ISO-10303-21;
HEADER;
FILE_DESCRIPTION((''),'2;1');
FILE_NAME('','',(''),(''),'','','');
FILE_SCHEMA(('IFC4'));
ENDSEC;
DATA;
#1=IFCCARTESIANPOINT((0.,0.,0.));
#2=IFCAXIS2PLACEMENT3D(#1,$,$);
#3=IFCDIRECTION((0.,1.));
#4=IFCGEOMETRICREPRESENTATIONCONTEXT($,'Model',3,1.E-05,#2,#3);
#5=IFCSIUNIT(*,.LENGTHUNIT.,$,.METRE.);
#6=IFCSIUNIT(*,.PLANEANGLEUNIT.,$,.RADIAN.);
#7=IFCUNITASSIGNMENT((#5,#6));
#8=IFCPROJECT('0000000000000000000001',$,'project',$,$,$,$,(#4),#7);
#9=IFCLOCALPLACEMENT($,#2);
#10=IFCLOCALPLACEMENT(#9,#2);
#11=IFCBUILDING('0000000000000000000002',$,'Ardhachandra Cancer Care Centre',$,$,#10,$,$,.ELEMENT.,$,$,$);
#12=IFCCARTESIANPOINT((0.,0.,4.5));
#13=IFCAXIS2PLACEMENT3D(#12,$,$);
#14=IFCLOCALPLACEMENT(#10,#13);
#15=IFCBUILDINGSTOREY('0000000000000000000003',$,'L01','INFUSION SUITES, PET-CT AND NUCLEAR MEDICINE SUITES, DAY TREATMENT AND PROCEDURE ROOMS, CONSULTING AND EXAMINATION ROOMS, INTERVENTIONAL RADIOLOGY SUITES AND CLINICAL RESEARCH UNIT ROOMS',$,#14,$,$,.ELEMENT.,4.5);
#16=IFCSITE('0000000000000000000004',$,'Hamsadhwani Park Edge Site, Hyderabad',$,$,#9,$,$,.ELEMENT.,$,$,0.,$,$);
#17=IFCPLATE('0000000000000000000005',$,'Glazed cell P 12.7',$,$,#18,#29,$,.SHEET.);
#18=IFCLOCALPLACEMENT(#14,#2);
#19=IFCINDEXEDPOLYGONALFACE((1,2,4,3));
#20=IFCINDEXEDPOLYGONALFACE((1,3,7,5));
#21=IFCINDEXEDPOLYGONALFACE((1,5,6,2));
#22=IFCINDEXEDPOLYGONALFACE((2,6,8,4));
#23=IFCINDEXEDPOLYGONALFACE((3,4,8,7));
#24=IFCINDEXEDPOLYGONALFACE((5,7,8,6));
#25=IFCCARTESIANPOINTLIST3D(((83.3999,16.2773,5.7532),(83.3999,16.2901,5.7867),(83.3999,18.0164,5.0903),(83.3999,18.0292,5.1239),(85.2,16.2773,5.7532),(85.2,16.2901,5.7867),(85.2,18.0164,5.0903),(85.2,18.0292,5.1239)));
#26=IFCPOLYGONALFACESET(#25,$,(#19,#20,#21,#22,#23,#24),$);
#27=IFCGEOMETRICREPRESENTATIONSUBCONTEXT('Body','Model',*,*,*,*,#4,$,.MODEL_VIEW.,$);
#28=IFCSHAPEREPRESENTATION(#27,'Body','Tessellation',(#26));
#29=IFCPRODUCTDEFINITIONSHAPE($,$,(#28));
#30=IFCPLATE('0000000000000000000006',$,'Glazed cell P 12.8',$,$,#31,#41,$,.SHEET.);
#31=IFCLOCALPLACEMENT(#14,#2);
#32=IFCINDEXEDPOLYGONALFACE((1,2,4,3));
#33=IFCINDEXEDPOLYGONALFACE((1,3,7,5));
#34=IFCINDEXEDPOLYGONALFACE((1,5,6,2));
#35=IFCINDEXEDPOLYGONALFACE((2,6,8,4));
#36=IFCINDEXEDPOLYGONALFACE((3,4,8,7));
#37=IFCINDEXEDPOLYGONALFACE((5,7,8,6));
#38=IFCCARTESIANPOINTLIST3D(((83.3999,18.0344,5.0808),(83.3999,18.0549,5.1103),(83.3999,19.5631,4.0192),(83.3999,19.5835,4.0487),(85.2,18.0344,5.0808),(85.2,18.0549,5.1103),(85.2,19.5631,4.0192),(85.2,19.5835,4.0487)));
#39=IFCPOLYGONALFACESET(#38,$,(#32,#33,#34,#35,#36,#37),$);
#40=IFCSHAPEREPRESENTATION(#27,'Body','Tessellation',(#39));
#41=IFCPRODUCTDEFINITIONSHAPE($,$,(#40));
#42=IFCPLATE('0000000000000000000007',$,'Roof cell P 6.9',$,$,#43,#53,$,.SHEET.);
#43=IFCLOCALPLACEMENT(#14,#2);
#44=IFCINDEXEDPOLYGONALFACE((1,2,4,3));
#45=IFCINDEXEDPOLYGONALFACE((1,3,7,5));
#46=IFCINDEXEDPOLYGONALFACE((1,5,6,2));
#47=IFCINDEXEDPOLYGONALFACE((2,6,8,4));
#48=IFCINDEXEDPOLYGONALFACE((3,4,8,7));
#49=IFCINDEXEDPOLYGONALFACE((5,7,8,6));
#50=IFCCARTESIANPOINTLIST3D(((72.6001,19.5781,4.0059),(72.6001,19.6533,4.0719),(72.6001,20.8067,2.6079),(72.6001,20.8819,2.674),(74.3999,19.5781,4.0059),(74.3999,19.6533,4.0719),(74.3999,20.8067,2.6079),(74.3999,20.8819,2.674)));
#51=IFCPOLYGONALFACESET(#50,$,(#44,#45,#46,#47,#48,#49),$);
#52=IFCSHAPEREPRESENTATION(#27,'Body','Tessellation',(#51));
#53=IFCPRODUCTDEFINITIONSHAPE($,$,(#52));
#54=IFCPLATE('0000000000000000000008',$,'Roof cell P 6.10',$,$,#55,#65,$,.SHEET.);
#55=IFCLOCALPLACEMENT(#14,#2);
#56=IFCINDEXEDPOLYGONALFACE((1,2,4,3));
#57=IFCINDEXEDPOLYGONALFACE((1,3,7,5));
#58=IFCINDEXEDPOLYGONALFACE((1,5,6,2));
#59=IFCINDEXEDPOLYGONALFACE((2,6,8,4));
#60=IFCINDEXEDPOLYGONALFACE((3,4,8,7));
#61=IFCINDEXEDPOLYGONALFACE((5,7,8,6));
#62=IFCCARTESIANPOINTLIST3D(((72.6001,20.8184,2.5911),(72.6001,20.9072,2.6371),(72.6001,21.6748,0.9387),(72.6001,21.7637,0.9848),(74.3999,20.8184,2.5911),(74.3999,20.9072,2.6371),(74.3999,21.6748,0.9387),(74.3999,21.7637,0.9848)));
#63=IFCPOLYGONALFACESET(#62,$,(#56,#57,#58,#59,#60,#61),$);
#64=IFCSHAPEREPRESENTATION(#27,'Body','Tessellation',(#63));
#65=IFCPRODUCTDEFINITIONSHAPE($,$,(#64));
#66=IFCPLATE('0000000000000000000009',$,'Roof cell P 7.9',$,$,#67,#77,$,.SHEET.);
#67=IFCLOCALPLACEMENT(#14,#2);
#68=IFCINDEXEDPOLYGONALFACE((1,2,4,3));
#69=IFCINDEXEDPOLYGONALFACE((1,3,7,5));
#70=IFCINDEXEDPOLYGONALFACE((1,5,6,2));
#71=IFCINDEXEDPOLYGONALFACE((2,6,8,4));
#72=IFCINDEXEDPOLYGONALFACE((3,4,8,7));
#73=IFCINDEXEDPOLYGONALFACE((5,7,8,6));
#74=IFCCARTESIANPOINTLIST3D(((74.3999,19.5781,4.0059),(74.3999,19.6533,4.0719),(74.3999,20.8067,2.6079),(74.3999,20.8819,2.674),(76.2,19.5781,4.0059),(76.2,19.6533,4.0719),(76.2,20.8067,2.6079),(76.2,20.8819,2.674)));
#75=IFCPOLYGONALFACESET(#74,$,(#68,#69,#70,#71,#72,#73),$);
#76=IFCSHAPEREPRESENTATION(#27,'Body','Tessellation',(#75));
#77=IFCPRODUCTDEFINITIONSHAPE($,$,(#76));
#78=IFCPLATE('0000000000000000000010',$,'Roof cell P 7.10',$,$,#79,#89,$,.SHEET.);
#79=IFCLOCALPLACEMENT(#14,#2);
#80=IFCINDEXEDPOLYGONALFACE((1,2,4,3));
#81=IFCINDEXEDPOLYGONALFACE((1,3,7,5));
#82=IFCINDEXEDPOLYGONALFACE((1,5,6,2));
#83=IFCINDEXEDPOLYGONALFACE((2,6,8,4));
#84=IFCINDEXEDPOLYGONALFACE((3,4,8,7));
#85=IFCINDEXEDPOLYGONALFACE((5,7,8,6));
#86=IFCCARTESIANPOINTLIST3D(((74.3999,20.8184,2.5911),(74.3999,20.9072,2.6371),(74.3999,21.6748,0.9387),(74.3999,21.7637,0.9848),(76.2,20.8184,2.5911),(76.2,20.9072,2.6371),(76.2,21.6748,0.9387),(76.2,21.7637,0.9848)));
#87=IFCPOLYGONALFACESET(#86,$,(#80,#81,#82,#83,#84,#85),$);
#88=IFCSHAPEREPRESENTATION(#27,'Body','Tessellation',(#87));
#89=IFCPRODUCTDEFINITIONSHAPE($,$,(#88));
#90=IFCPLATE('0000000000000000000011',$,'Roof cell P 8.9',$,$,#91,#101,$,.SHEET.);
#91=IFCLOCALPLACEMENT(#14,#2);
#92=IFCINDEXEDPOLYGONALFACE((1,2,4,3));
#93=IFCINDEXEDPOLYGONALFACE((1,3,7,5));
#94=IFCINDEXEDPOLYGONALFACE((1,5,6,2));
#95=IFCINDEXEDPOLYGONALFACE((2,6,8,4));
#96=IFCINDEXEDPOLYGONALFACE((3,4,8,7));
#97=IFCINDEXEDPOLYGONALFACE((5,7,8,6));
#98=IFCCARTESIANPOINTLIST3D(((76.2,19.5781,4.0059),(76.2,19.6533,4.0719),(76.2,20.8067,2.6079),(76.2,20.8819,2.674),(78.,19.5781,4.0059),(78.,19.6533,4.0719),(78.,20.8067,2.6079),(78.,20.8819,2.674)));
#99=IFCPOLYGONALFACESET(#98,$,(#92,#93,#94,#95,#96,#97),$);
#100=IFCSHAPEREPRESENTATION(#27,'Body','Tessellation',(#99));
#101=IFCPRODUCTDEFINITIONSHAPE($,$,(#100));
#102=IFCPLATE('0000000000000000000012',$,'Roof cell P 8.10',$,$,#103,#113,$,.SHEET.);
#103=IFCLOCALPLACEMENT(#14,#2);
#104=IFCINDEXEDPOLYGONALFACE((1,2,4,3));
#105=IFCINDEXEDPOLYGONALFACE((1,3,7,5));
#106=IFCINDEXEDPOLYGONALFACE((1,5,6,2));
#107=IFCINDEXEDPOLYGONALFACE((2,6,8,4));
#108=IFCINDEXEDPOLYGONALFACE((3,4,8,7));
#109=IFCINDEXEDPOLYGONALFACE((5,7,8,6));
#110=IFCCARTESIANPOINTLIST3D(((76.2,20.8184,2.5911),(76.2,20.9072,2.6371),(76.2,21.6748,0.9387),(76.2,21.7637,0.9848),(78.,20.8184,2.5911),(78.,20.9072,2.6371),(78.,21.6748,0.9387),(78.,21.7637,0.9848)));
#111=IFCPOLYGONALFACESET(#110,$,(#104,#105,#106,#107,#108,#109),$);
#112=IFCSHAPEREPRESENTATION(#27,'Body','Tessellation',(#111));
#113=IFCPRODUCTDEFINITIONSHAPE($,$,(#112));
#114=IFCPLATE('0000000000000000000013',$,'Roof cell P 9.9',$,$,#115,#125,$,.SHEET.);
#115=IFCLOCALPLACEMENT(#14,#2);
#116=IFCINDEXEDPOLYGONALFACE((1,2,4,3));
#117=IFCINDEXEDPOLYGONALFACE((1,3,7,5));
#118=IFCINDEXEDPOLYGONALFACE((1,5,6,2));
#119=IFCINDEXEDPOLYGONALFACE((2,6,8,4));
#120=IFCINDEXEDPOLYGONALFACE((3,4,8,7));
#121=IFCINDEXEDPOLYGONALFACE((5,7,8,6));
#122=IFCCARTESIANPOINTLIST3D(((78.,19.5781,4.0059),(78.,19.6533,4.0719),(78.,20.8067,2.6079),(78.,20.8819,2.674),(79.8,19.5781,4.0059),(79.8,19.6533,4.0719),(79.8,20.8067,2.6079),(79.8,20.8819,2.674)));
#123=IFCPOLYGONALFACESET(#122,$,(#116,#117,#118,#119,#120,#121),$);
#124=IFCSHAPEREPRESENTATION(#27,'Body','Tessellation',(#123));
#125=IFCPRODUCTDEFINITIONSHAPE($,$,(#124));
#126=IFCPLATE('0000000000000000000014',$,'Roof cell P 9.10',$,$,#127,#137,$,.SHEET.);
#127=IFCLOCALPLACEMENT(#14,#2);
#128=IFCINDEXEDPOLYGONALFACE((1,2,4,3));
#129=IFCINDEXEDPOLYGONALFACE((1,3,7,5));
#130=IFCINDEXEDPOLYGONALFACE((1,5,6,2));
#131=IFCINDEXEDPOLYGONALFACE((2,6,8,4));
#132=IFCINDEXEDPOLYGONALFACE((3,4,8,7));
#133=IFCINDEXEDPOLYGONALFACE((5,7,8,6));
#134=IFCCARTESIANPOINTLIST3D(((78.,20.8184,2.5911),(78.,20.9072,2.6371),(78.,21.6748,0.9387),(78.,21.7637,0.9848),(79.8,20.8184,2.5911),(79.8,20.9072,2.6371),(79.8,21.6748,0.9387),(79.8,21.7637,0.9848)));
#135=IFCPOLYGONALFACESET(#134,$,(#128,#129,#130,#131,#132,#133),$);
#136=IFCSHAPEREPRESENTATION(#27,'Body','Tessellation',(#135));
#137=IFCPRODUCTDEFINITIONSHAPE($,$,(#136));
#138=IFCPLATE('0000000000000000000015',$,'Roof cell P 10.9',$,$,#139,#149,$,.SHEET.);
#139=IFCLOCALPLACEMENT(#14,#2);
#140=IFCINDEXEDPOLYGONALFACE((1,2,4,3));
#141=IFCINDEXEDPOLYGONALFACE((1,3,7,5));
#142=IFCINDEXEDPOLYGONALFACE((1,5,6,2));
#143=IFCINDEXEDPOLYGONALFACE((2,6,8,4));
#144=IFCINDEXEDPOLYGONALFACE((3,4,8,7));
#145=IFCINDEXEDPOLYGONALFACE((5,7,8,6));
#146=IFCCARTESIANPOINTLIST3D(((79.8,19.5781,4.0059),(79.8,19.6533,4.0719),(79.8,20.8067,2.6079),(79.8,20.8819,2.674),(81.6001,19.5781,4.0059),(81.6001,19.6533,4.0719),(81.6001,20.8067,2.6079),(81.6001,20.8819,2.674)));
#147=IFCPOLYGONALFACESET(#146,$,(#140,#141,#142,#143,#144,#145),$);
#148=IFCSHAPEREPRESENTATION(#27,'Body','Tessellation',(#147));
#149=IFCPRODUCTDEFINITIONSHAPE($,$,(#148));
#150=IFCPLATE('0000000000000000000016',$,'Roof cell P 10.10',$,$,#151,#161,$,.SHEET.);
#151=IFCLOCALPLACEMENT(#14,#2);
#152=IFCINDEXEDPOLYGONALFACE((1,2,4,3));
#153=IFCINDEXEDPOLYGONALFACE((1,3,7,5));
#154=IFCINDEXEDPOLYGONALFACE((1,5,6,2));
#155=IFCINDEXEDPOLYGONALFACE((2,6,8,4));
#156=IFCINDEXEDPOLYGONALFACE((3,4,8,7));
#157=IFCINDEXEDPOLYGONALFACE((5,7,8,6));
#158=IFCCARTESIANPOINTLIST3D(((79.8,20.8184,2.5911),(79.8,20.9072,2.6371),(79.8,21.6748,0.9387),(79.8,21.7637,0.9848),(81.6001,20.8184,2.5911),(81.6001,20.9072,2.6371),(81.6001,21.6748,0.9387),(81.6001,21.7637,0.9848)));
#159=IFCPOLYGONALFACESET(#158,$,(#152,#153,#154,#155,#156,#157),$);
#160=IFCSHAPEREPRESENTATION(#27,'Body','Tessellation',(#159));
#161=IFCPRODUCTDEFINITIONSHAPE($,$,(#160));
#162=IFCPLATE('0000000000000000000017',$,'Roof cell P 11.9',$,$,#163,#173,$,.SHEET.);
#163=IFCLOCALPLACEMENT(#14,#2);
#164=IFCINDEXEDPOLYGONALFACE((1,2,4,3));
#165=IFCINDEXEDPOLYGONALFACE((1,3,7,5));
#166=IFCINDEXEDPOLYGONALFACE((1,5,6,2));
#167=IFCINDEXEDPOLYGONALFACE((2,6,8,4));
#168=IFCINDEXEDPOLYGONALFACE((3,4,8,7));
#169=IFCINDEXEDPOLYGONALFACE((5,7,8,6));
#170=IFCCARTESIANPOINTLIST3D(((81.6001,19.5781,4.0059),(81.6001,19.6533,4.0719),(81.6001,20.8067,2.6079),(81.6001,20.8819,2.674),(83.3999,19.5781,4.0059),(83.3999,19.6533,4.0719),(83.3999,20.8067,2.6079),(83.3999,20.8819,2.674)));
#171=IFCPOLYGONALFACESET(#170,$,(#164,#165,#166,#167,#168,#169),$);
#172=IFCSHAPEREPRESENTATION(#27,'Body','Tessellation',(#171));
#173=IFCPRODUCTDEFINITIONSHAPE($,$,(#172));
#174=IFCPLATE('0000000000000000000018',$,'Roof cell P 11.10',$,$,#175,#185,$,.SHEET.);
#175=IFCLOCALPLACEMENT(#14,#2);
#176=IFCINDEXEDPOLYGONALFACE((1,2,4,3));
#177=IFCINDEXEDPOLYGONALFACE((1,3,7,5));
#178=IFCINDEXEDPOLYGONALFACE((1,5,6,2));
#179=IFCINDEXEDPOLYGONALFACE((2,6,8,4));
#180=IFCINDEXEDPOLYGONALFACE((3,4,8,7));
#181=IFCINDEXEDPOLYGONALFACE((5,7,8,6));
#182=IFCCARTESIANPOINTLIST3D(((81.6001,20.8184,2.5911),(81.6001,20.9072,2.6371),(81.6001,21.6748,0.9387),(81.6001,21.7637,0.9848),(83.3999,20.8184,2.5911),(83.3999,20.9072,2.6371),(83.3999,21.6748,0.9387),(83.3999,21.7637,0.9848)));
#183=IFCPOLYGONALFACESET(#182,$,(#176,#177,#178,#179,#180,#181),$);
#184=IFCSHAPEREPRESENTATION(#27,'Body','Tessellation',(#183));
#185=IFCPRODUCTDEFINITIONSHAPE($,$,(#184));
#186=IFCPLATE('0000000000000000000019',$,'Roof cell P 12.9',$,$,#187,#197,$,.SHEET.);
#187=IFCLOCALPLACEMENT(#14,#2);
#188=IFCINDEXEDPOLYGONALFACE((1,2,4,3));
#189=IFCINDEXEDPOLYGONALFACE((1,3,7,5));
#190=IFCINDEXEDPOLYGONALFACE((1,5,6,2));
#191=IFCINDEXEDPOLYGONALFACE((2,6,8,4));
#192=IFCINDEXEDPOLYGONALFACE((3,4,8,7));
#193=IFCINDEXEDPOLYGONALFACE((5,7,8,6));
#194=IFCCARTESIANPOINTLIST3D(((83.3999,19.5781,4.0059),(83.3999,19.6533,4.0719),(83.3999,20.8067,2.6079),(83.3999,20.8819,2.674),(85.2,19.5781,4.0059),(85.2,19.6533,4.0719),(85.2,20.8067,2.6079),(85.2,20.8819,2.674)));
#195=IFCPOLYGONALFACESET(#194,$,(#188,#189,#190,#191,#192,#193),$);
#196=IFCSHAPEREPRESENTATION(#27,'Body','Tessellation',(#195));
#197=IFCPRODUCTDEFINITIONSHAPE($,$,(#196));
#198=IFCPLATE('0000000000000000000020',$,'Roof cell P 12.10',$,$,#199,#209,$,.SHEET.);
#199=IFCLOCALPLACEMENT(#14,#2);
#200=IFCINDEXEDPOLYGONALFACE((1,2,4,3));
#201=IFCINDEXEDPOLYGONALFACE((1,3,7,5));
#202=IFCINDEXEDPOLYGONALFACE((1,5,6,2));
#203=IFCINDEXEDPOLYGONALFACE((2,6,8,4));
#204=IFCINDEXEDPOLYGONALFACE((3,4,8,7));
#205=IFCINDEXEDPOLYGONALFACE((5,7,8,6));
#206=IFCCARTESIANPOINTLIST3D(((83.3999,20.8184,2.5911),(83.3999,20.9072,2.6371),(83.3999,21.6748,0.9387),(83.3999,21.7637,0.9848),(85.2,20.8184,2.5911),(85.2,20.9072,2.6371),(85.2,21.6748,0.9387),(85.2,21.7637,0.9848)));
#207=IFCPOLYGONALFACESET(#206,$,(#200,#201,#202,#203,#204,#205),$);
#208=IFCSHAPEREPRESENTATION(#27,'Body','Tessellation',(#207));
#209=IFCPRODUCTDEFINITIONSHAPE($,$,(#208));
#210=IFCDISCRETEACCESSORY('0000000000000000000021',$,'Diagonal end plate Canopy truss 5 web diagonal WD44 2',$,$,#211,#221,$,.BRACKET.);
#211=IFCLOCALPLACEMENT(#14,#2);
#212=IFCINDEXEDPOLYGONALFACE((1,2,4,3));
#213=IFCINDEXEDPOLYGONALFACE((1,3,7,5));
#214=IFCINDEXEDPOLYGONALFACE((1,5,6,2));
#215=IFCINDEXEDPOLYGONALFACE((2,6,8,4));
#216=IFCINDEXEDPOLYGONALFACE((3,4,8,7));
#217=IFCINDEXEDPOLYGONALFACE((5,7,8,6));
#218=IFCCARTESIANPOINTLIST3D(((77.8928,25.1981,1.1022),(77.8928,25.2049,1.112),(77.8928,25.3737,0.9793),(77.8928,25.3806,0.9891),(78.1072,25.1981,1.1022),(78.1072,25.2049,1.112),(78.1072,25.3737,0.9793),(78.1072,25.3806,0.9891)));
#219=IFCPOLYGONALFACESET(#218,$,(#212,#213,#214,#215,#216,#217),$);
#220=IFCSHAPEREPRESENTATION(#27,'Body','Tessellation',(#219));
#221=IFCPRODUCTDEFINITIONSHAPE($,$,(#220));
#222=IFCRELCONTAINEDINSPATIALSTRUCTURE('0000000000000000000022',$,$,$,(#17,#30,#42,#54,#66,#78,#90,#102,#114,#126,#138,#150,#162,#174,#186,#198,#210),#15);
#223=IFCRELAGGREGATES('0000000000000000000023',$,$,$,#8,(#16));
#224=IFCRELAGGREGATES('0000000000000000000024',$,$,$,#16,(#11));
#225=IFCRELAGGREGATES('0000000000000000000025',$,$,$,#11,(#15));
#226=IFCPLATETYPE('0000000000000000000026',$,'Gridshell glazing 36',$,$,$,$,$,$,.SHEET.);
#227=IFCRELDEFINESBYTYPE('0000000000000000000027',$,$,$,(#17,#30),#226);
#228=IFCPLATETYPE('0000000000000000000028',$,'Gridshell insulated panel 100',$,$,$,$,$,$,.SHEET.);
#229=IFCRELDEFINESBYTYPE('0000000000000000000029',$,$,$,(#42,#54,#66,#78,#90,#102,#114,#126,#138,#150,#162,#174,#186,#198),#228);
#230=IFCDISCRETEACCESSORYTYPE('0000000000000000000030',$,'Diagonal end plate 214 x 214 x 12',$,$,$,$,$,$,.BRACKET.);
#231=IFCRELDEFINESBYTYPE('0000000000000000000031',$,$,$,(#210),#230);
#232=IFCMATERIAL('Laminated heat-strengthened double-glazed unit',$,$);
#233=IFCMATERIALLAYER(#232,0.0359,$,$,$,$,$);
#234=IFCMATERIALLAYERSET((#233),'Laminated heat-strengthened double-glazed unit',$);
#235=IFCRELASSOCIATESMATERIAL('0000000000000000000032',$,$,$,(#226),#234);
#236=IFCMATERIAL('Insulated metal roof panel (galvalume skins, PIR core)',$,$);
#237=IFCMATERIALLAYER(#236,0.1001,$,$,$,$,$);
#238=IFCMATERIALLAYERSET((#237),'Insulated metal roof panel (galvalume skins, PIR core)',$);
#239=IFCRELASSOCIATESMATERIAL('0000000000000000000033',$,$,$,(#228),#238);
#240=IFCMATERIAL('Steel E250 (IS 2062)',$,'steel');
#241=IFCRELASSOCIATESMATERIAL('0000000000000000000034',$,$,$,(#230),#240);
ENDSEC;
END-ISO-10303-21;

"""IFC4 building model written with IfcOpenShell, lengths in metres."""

from ifc_helpers import new_model, si_unit, direction, frame, origin, origin_2d, place, context, subcontext, project, spatial, polyline, rectangle, outline, extrude, material, layer, layer_set, material_profile, profile_set, type_object, element, save


model = new_model("IFC4")

# Units and contexts
model_context = context("Model", 3, precision=1e-05, world=origin(), true_north=direction((0.0, 1.0)))
body_context = subcontext(model_context, "Body", "Model", "MODEL_VIEW")
ifc_project = project(units=[si_unit("LENGTHUNIT", "METRE"), si_unit("PLANEANGLEUNIT", "RADIAN")], contexts=[model_context])

# Site, building, storey
site_placement = place(None, origin())
site = spatial("IfcSite", under=ifc_project, at=site_placement, Name="Hamsadhwani Park Edge Site, Hyderabad", CompositionType="ELEMENT", RefElevation=0.0)
building_placement = place(site_placement, origin())
building = spatial("IfcBuilding", under=site, at=building_placement, Name="Ardhachandra Cancer Care Centre", CompositionType="ELEMENT")
storey_placement = place(building_placement, frame((0.0, 0.0, 4.5)))
storey = spatial("IfcBuildingStorey", under=building, at=storey_placement, Name="L01", Description="INFUSION SUITES, PET-CT AND NUCLEAR MEDICINE SUITES, DAY TREATMENT AND PROCEDURE ROOMS, CONSULTING AND EXAMINATION ROOMS, INTERVENTIONAL RADIOLOGY SUITES AND CLINICAL RESEARCH UNIT ROOMS", CompositionType="ELEMENT", Elevation=4.5)

# Plates
ifc_material_1 = material(Name="Laminated heat-strengthened double-glazed unit")
ifc_layer_1 = layer(ifc_material_1, 0.0359)
ifc_layer_set_1 = layer_set([ifc_layer_1], Name="Laminated heat-strengthened double-glazed unit")
plate_type_1 = type_object("IfcPlateType", Name="Gridshell glazing 36", PredefinedType="SHEET", material=ifc_layer_set_1)
for number, where, z_axis, x_axis, name in (
    (1, (83.3999, 16.2773, 5.7532), (0.0, 0.356164, 0.934423), (1.0, 0.0, 0.0), "Glazed cell P 12.7"),
    (2, (83.3999, 18.0344, 5.0808), (0.0, 0.570403, 0.821365), (1.0, 0.0, 0.0), "Glazed cell P 12.8"),
):
    element("IfcPlate", number, at=place(storey_placement, frame(where, z_axis=z_axis, x_axis=x_axis)), inside=storey, type_object=plate_type_1, Name=name, PredefinedType="SHEET", context=body_context, shape_type="SweptSolid", body=[
        extrude(outline(polyline([(0.0, 0.0), (1.8, 0.0), (1.8, 1.8611), (0.0, 1.8611), (0.0, 0.0)])), origin(), (0.0, 0.0, 1.0), 0.0359),
    ])
ifc_material_2 = material(Name="Insulated metal roof panel (galvalume skins, PIR core)")
ifc_layer_2 = layer(ifc_material_2, 0.1001)
ifc_layer_set_2 = layer_set([ifc_layer_2], Name="Insulated metal roof panel (galvalume skins, PIR core)")
plate_type_2 = type_object("IfcPlateType", Name="Gridshell insulated panel 100", PredefinedType="SHEET", material=ifc_layer_set_2)
for number, where, z_axis, x_axis, name in (
    (3, (72.6001, 19.5781, 4.0059), (0.0, 0.751161, 0.660119), (1.0, 0.0, 0.0), "Roof cell P 6.9"),
    (4, (72.6001, 20.8184, 2.5911), (0.0, 0.887826, 0.460179), (1.0, 0.0, 0.0), "Roof cell P 6.10"),
):
    element("IfcPlate", number, at=place(storey_placement, frame(where, z_axis=z_axis, x_axis=x_axis)), inside=storey, type_object=plate_type_2, Name=name, PredefinedType="SHEET", context=body_context, shape_type="SweptSolid", body=[
        extrude(outline(polyline([(0.0, 0.0), (1.7998, 0.0), (1.7998, 1.8611), (0.0, 1.8611), (0.0, 0.0)])), origin(), (0.0, 0.0, 1.0), 0.1001),
    ])
for number, where, z_axis, x_axis, name in (
    (5, (74.3999, 19.5781, 4.0059), (0.0, 0.751161, 0.660119), (1.0, 0.0, 0.0), "Roof cell P 7.9"),
    (6, (74.3999, 20.8184, 2.5911), (0.0, 0.887826, 0.460179), (1.0, 0.0, 0.0), "Roof cell P 7.10"),
    (7, (76.2, 19.5781, 4.0059), (0.0, 0.751161, 0.660119), (1.0, 0.0, 0.0), "Roof cell P 8.9"),
    (8, (76.2, 20.8184, 2.5911), (0.0, 0.887826, 0.460179), (1.0, 0.0, 0.0), "Roof cell P 8.10"),
    (9, (78.0, 19.5781, 4.0059), (0.0, 0.751161, 0.660119), (1.0, 0.0, 0.0), "Roof cell P 9.9"),
    (10, (78.0, 20.8184, 2.5911), (0.0, 0.887826, 0.460179), (1.0, 0.0, 0.0), "Roof cell P 9.10"),
    (11, (79.8, 19.5781, 4.0059), (0.0, 0.751161, 0.660119), (1.0, 0.0, 0.0), "Roof cell P 10.9"),
    (12, (79.8, 20.8184, 2.5911), (0.0, 0.887826, 0.460179), (1.0, 0.0, 0.0), "Roof cell P 10.10"),
):
    element("IfcPlate", number, at=place(storey_placement, frame(where, z_axis=z_axis, x_axis=x_axis)), inside=storey, type_object=plate_type_2, Name=name, PredefinedType="SHEET", context=body_context, shape_type="SweptSolid", body=[
        extrude(outline(polyline([(0.0, 0.0), (1.8, 0.0), (1.8, 1.8611), (0.0, 1.8611), (0.0, 0.0)])), origin(), (0.0, 0.0, 1.0), 0.1001),
    ])
for number, where, z_axis, x_axis, name in (
    (13, (81.6001, 19.5781, 4.0059), (0.0, 0.751161, 0.660119), (1.0, 0.0, 0.0), "Roof cell P 11.9"),
    (14, (81.6001, 20.8184, 2.5911), (0.0, 0.887826, 0.460179), (1.0, 0.0, 0.0), "Roof cell P 11.10"),
):
    element("IfcPlate", number, at=place(storey_placement, frame(where, z_axis=z_axis, x_axis=x_axis)), inside=storey, type_object=plate_type_2, Name=name, PredefinedType="SHEET", context=body_context, shape_type="SweptSolid", body=[
        extrude(outline(polyline([(0.0, 0.0), (1.7998, 0.0), (1.7998, 1.8611), (0.0, 1.8611), (0.0, 0.0)])), origin(), (0.0, 0.0, 1.0), 0.1001),
    ])
for number, where, z_axis, x_axis, name in (
    (15, (83.3999, 19.5781, 4.0059), (0.0, 0.751161, 0.660119), (1.0, 0.0, 0.0), "Roof cell P 12.9"),
    (16, (83.3999, 20.8184, 2.5911), (0.0, 0.887826, 0.460179), (1.0, 0.0, 0.0), "Roof cell P 12.10"),
):
    element("IfcPlate", number, at=place(storey_placement, frame(where, z_axis=z_axis, x_axis=x_axis)), inside=storey, type_object=plate_type_2, Name=name, PredefinedType="SHEET", context=body_context, shape_type="SweptSolid", body=[
        extrude(outline(polyline([(0.0, 0.0), (1.8, 0.0), (1.8, 1.8611), (0.0, 1.8611), (0.0, 0.0)])), origin(), (0.0, 0.0, 1.0), 0.1001),
    ])

# Discrete accessory
ifc_material_3 = material(Name="Steel E250 (IS 2062)", Category="steel")
ifc_material_profile_1 = material_profile(ifc_material_3, rectangle(XDim=0.2144, YDim=0.2144, at=origin_2d()), Name="PL 214x214x12")
ifc_profile_set_1 = profile_set([ifc_material_profile_1], Name="Steel E250 (IS 2062)")
discrete_accessory_type = type_object("IfcDiscreteAccessoryType", Name="Diagonal end plate 214 x 214 x 12", PredefinedType="BRACKET", material=ifc_profile_set_1)
for number, where, z_axis, x_axis, name in (
    (17, (78.0, 25.2859, 1.0408), (0.0, 0.573462, 0.819232), (-1.0, 0.0, 0.0), "Diagonal end plate Canopy truss 5 web diagonal WD44 2"),
):
    element("IfcDiscreteAccessory", number, at=place(storey_placement, frame(where, z_axis=z_axis, x_axis=x_axis)), inside=storey, type_object=discrete_accessory_type, Name=name, PredefinedType="BRACKET", context=body_context, shape_type="SweptSolid", body=[
        extrude(rectangle(XDim=0.2144, YDim=0.2144, at=origin_2d()), origin(), (0.0, 0.0, 1.0), 0.012),
    ])

save(model, "model.ifc")
